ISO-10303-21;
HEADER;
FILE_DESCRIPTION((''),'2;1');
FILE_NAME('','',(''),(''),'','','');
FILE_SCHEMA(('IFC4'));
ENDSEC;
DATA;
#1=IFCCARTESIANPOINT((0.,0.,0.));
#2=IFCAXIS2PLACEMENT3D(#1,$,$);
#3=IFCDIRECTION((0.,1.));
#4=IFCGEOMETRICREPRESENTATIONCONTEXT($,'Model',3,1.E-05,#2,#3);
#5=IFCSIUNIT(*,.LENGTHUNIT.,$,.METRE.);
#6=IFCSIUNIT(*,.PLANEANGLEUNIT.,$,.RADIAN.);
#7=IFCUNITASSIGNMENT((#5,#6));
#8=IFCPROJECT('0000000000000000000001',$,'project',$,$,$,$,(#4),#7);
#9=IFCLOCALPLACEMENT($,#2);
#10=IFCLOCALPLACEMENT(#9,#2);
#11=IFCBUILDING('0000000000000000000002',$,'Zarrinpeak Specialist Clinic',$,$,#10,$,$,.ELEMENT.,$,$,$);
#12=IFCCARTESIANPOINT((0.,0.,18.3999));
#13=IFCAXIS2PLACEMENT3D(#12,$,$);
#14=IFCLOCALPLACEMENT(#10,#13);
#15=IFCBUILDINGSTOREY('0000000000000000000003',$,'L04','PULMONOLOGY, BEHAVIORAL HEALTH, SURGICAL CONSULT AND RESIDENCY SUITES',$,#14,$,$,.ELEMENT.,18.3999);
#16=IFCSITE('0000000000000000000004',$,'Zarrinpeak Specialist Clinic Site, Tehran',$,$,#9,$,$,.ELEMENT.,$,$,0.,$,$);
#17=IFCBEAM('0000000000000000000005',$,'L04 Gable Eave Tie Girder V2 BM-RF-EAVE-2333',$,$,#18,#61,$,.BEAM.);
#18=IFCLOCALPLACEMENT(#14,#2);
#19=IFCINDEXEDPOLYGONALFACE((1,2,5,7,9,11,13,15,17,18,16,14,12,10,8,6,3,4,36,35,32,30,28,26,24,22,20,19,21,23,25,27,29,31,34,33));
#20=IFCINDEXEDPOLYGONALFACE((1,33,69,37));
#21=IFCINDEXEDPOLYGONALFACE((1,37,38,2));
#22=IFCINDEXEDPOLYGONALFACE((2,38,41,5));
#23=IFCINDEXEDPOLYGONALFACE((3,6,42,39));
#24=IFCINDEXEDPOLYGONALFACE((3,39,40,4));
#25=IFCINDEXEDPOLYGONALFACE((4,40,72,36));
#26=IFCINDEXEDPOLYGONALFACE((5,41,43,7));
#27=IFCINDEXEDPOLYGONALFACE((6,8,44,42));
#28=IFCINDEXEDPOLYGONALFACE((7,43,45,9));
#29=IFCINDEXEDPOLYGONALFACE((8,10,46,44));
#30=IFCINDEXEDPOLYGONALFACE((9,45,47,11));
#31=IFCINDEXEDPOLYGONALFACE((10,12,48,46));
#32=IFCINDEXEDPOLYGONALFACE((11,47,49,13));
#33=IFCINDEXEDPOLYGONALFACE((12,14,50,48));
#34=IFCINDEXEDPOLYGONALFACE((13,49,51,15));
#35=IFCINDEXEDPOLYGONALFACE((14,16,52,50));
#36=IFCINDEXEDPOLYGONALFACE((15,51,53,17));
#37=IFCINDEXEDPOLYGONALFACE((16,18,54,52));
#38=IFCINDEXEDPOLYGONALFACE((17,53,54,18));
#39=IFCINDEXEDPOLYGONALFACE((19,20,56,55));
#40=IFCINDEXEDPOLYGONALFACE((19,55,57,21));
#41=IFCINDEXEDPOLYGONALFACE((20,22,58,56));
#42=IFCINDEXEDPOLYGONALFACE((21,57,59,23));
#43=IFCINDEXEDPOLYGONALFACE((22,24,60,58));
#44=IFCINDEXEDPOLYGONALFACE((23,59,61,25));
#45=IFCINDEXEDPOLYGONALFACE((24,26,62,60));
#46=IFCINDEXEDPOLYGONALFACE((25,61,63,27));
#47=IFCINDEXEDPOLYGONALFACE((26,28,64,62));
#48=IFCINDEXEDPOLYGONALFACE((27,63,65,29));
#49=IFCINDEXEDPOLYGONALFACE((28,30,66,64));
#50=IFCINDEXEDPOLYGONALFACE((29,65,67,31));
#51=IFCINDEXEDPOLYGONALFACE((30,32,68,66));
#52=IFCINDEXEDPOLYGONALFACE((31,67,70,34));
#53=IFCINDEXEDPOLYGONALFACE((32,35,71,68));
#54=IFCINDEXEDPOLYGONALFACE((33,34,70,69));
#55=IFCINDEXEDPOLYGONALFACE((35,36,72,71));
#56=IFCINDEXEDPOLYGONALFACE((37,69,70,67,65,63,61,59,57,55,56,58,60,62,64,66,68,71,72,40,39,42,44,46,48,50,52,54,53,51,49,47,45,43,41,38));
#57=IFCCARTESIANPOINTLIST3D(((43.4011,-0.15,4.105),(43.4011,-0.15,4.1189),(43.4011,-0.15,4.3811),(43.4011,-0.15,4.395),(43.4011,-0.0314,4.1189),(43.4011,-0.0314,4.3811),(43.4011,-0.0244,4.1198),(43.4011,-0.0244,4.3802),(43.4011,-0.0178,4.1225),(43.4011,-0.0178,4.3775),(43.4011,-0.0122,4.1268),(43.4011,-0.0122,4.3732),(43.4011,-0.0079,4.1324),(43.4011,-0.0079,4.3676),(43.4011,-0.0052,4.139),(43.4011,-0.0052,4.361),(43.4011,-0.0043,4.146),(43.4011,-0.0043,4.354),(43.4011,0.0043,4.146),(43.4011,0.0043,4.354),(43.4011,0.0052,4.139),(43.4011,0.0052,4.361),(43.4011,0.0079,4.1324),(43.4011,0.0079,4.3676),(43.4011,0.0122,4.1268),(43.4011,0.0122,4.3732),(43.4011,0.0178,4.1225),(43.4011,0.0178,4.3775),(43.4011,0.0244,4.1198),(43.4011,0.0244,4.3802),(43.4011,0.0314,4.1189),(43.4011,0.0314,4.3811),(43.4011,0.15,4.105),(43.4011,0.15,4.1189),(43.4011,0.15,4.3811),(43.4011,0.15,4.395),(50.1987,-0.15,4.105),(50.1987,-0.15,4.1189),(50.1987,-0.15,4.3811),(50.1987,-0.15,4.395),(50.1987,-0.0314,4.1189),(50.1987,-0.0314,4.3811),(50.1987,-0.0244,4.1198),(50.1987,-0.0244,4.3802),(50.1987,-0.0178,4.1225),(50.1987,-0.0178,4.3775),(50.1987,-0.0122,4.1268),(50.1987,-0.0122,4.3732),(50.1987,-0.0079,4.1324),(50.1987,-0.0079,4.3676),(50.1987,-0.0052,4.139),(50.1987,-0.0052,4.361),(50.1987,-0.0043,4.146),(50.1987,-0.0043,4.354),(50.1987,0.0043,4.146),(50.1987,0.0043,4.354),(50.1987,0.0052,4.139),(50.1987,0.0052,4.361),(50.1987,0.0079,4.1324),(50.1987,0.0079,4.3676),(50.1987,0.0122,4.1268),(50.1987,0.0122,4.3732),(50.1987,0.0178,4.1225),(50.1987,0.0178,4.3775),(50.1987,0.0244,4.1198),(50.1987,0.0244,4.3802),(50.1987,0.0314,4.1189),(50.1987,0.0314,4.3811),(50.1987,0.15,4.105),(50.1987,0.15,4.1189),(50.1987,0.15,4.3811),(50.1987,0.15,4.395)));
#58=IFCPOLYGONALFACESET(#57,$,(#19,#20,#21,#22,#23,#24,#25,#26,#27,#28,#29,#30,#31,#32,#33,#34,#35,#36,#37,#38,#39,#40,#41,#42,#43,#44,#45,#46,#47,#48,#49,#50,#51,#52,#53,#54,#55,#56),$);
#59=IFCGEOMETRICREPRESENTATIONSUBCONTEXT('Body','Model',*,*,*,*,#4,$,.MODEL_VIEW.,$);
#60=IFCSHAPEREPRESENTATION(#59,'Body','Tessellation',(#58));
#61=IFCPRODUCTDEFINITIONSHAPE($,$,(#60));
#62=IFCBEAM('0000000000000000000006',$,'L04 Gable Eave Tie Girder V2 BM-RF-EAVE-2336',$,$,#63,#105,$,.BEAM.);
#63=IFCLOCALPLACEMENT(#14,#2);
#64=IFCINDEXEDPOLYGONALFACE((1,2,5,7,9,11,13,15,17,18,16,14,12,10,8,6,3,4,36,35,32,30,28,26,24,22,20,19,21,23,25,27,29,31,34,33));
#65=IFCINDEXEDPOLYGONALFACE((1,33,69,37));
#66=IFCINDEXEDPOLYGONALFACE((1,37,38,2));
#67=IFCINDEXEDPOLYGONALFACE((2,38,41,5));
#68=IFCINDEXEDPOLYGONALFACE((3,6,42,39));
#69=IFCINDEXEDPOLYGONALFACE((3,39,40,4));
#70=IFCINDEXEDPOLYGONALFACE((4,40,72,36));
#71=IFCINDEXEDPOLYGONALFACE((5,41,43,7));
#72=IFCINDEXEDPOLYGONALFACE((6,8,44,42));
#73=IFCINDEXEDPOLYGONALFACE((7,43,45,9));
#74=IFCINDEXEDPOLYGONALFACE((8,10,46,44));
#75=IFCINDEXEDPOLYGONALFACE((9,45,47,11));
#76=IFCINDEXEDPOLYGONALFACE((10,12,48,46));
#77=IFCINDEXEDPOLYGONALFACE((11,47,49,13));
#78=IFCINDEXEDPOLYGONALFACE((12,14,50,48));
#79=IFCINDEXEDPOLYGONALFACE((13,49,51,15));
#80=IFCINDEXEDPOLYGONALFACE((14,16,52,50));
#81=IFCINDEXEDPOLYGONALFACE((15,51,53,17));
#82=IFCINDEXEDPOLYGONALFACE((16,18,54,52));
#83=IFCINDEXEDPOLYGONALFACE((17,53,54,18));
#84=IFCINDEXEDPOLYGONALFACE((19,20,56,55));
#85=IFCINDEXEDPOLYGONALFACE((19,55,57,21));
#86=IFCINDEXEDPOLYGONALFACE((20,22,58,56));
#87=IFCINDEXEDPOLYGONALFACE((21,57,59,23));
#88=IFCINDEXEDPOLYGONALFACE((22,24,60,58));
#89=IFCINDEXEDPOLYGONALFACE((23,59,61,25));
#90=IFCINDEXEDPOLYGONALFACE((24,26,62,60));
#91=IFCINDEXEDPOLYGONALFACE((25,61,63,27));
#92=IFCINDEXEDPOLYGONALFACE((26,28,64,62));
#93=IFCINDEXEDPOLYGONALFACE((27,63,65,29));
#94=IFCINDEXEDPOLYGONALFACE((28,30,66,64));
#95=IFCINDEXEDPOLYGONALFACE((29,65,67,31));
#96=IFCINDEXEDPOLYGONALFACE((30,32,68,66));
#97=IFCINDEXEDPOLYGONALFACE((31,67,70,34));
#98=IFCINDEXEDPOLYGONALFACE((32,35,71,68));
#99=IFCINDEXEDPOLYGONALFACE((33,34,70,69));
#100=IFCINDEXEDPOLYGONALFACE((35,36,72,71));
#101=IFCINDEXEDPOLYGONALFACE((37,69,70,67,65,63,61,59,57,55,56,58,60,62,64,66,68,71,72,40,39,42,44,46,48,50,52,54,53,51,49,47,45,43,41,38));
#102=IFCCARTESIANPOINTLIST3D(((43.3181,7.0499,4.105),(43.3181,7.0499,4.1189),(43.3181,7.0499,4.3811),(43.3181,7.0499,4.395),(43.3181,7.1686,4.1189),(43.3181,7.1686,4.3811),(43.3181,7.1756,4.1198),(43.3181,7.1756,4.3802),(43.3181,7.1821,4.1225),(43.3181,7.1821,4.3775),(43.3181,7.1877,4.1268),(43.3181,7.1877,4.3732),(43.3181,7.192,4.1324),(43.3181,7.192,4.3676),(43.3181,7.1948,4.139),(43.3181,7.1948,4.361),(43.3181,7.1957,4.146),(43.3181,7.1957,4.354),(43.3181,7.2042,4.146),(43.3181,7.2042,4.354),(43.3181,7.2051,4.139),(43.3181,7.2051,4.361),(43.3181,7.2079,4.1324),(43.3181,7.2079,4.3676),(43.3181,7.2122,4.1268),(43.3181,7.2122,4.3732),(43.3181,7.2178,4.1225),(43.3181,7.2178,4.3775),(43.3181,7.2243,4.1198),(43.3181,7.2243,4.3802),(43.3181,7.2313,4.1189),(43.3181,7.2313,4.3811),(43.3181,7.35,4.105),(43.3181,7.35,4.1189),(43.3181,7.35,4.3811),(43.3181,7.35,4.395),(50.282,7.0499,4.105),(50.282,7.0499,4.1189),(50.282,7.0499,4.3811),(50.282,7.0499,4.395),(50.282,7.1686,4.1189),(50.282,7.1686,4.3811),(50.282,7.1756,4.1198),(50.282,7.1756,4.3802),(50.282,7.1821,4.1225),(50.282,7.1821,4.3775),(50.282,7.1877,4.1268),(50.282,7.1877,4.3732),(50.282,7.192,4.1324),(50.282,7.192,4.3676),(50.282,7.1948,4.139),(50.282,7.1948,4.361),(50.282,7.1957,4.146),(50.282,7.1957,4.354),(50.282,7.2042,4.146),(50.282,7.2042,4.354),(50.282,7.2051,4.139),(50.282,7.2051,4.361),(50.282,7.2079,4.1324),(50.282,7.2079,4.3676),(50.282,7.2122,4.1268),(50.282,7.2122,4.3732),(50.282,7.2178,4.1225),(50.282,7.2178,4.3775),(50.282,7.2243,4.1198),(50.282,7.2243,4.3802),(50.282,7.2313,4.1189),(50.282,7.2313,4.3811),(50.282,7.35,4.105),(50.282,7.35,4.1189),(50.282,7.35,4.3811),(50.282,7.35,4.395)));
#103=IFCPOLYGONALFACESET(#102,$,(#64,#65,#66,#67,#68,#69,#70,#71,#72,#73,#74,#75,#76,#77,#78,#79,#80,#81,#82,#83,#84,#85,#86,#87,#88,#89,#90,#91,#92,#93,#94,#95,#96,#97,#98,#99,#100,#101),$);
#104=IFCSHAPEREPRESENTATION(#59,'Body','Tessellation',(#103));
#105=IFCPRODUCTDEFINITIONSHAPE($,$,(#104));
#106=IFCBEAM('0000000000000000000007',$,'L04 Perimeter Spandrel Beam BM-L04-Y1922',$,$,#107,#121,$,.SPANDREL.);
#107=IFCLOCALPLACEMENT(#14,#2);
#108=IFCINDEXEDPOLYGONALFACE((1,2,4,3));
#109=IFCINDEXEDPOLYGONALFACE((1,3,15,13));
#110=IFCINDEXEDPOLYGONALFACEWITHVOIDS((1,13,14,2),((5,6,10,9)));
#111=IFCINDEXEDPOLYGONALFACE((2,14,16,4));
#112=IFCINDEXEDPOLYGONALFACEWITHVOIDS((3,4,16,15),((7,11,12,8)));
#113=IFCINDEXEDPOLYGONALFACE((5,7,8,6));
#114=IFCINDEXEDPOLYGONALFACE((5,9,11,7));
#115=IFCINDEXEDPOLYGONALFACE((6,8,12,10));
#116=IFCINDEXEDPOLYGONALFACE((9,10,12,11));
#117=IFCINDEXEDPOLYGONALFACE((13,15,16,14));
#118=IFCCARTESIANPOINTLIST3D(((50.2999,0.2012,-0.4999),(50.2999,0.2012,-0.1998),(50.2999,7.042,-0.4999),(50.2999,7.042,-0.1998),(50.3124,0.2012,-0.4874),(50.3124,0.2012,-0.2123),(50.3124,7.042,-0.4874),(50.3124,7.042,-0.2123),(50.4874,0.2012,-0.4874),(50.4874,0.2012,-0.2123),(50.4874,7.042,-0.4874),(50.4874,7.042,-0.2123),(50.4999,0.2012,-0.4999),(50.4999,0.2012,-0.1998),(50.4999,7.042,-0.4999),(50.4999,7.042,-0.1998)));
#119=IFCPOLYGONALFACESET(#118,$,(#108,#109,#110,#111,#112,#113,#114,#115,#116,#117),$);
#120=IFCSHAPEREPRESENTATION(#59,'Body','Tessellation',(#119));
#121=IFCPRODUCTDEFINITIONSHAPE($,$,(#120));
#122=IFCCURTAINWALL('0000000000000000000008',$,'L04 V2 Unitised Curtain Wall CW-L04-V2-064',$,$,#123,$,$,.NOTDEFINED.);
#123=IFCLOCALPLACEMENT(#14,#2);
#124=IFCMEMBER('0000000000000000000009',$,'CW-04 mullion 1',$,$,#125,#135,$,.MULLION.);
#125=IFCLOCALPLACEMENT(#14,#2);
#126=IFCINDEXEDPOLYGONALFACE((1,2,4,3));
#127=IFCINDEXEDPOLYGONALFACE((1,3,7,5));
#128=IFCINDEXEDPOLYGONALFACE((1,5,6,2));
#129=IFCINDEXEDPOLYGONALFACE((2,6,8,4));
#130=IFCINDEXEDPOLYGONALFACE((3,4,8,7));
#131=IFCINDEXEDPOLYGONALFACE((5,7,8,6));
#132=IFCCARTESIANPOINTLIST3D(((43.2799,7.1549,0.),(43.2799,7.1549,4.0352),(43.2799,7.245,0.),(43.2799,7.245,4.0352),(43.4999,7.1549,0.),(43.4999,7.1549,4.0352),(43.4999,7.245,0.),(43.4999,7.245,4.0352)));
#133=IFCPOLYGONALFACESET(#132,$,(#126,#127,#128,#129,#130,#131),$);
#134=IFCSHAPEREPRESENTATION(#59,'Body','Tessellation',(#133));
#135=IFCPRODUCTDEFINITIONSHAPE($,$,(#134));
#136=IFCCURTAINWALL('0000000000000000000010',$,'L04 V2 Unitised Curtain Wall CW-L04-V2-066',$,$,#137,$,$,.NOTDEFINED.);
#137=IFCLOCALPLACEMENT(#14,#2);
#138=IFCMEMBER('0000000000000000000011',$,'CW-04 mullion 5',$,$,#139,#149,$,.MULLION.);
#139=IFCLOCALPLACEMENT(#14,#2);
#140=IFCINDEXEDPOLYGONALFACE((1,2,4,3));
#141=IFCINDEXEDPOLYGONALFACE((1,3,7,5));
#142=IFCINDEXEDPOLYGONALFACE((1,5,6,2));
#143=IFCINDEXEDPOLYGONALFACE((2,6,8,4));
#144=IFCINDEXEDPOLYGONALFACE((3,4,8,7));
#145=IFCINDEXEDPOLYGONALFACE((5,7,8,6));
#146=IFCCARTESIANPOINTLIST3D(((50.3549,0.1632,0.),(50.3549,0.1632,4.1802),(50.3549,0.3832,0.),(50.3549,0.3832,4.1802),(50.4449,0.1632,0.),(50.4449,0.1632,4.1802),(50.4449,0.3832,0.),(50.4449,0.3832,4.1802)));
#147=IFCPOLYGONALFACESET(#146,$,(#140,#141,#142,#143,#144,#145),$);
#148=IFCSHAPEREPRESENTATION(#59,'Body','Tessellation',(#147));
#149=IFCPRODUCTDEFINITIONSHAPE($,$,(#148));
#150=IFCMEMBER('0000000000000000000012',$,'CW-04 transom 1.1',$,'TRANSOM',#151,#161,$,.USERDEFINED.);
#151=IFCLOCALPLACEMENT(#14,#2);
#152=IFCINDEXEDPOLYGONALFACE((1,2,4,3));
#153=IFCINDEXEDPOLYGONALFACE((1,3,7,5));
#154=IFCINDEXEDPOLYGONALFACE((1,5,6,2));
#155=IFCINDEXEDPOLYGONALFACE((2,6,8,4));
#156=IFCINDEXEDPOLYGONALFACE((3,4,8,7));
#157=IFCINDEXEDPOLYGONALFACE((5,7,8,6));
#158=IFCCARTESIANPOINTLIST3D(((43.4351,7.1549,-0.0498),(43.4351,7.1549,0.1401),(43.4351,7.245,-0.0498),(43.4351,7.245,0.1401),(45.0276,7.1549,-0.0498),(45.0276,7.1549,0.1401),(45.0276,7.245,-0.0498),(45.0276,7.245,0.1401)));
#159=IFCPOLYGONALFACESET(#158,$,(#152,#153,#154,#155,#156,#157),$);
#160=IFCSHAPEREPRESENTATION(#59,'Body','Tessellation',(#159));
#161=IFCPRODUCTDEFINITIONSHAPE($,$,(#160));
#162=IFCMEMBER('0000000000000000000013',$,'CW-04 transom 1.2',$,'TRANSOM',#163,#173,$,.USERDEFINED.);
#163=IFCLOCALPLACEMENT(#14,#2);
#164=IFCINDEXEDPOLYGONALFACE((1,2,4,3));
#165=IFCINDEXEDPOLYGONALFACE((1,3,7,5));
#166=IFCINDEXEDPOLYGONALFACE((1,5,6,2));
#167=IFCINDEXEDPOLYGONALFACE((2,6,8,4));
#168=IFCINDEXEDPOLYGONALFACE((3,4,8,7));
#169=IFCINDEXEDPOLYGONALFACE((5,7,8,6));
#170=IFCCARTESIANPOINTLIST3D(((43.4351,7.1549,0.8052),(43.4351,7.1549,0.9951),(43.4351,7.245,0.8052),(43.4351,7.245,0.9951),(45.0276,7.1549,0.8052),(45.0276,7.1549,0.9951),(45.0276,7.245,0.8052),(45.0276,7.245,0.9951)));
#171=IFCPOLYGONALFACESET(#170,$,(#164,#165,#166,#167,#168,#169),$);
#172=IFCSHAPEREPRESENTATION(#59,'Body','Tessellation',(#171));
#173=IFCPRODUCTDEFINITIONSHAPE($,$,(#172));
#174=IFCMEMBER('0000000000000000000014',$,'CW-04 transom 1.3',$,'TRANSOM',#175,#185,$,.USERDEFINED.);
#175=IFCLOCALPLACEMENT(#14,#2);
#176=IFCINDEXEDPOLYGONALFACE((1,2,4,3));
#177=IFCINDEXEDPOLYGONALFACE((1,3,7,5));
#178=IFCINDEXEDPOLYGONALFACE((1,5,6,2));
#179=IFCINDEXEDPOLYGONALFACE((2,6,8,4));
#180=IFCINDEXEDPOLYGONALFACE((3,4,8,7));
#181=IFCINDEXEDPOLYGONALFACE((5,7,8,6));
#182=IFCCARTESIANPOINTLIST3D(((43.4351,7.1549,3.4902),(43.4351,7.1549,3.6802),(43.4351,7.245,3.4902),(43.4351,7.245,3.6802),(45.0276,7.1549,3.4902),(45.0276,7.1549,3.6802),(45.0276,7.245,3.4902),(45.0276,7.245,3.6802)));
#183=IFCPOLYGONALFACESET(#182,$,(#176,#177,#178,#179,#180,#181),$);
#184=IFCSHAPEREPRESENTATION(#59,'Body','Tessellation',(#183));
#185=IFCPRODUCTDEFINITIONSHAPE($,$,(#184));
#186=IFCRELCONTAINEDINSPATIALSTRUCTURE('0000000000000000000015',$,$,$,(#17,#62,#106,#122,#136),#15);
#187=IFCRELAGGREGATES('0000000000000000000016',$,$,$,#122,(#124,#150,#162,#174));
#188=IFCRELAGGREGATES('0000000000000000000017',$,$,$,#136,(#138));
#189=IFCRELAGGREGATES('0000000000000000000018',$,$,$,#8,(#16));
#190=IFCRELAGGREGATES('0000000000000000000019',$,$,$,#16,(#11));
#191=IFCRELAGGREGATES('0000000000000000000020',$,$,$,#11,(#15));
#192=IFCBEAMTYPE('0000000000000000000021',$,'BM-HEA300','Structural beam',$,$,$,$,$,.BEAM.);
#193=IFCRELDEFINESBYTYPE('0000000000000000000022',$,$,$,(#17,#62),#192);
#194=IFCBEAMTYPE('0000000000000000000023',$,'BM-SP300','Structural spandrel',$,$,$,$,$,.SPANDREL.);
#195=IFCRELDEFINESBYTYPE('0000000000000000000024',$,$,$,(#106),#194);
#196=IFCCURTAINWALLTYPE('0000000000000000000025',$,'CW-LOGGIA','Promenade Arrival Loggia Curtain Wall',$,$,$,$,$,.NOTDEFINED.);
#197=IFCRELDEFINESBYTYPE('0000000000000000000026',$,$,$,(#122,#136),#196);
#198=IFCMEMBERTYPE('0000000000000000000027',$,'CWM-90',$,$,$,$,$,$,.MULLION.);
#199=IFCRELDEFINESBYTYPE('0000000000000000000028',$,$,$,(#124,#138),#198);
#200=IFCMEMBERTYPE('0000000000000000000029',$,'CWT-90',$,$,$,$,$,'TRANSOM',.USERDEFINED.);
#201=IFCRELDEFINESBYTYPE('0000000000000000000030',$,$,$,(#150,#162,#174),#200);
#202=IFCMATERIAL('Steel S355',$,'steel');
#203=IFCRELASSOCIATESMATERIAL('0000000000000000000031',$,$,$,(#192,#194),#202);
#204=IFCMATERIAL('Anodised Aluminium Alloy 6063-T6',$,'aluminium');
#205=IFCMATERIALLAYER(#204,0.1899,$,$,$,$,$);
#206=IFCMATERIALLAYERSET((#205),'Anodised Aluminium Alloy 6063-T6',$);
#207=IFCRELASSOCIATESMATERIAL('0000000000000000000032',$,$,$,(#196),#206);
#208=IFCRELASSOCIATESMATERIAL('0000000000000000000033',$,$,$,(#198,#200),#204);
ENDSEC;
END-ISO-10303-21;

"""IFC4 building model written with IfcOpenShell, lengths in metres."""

from ifc_helpers import new_model, si_unit, direction, frame, origin, origin_2d, place, context, subcontext, project, spatial, rectangle, hollow_rectangle, i_section, extrude, material, layer, layer_set, material_profile, profile_set, type_object, element, aggregate, save


model = new_model("IFC4")

# Units and contexts
model_context = context("Model", 3, precision=1e-05, world=origin(), true_north=direction((0.0, 1.0)))
body_context = subcontext(model_context, "Body", "Model", "MODEL_VIEW")
ifc_project = project(units=[si_unit("LENGTHUNIT", "METRE"), si_unit("PLANEANGLEUNIT", "RADIAN")], contexts=[model_context])

# Site, building, storey
site_placement = place(None, origin())
site = spatial("IfcSite", under=ifc_project, at=site_placement, Name="Zarrinpeak Specialist Clinic Site, Tehran", CompositionType="ELEMENT", RefElevation=0.0)
building_placement = place(site_placement, origin())
building = spatial("IfcBuilding", under=site, at=building_placement, Name="Zarrinpeak Specialist Clinic", CompositionType="ELEMENT")
storey_placement = place(building_placement, frame((0.0, 0.0, 18.3999)))
storey = spatial("IfcBuildingStorey", under=building, at=storey_placement, Name="L04", Description="PULMONOLOGY, BEHAVIORAL HEALTH, SURGICAL CONSULT AND RESIDENCY SUITES", CompositionType="ELEMENT", Elevation=18.3999)

# Shared definitions
ifc_material_1 = material(Name="Steel S355", Category="steel")

# Beams
ifc_material_profile_1 = material_profile(ifc_material_1, i_section(OverallWidth=0.3, OverallDepth=0.29, WebThickness=0.0085, FlangeThickness=0.0139, FilletRadius=0.0271, at=origin_2d()), Name="HEA 300")
ifc_profile_set_1 = profile_set([ifc_material_profile_1], Name="Steel S355")
beam_type_1 = type_object("IfcBeamType", Name="BM-HEA300", Description="Structural beam", PredefinedType="BEAM", material=ifc_profile_set_1)
beam_1_placement = place(storey_placement, frame((43.4011, 0.0, 4.25), z_axis=(1.0, 0.0, 0.0), x_axis=(0.0, 1.0, 0.0)))
element("IfcBeam", 1, at=beam_1_placement, inside=storey, type_object=beam_type_1, Name="L04 Gable Eave Tie Girder V2 BM-RF-EAVE-2333", PredefinedType="BEAM", context=body_context, shape_type="SweptSolid", body=[
    extrude(i_section(OverallWidth=0.3, OverallDepth=0.29, WebThickness=0.0085, FlangeThickness=0.0139, FilletRadius=0.0271, at=origin_2d()), origin(), (0.0, 0.0, 1.0), 6.7976),
])
beam_2_placement = place(storey_placement, frame((43.3181, 7.2, 4.25), z_axis=(1.0, 0.0, 0.0), x_axis=(0.0, 1.0, 0.0)))
element("IfcBeam", 2, at=beam_2_placement, inside=storey, type_object=beam_type_1, Name="L04 Gable Eave Tie Girder V2 BM-RF-EAVE-2336", PredefinedType="BEAM", context=body_context, shape_type="SweptSolid", body=[
    extrude(i_section(OverallWidth=0.3, OverallDepth=0.29, WebThickness=0.0085, FlangeThickness=0.0139, FilletRadius=0.0271, at=origin_2d()), origin(), (0.0, 0.0, 1.0), 6.9639),
])
ifc_material_profile_2 = material_profile(ifc_material_1, hollow_rectangle(XDim=0.2, YDim=0.3, WallThickness=0.0125, at=origin_2d()), Name="RHS 300x200x12.5")
ifc_profile_set_2 = profile_set([ifc_material_profile_2], Name="Steel S355")
beam_type_2 = type_object("IfcBeamType", Name="BM-SP300", Description="Structural spandrel", PredefinedType="SPANDREL", material=ifc_profile_set_2)
beam_3_placement = place(storey_placement, frame((50.3999, 0.2012, -0.3499), z_axis=(0.0, 1.0, 0.0), x_axis=(-1.0, 0.0, 0.0)))
element("IfcBeam", 3, at=beam_3_placement, inside=storey, type_object=beam_type_2, Name="L04 Perimeter Spandrel Beam BM-L04-Y1922", PredefinedType="SPANDREL", context=body_context, shape_type="SweptSolid", body=[
    extrude(hollow_rectangle(XDim=0.2, YDim=0.3, WallThickness=0.0125, at=origin_2d()), origin(), (0.0, 0.0, 1.0), 6.8408),
])

# Curtain walls, members
ifc_material_2 = material(Name="Anodised Aluminium Alloy 6063-T6", Category="aluminium")
ifc_layer_1 = layer(ifc_material_2, 0.1899)
ifc_layer_set_1 = layer_set([ifc_layer_1], Name="Anodised Aluminium Alloy 6063-T6")
curtain_wall_type = type_object("IfcCurtainWallType", Name="CW-LOGGIA", Description="Promenade Arrival Loggia Curtain Wall", PredefinedType="NOTDEFINED", material=ifc_layer_set_1)
curtain_wall_1_placement = place(storey_placement, origin())
curtain_wall_1 = element("IfcCurtainWall", 4, at=curtain_wall_1_placement, inside=storey, type_object=curtain_wall_type, Name="L04 V2 Unitised Curtain Wall CW-L04-V2-064", PredefinedType="NOTDEFINED")
ifc_material_profile_3 = material_profile(ifc_material_2, rectangle(XDim=0.0901, YDim=0.22, at=origin_2d()), Name="ALU 90x220")
ifc_profile_set_3 = profile_set([ifc_material_profile_3], Name="Anodised Aluminium Alloy 6063-T6")
member_type_1 = type_object("IfcMemberType", Name="CWM-90", PredefinedType="MULLION", material=ifc_profile_set_3)
member_1_placement = place(storey_placement, frame((43.3899, 7.2, 0.0), z_axis=(0.0, 0.0, 1.0), x_axis=(0.0, 1.0, 0.0)))
member_1 = element("IfcMember", 5, at=member_1_placement, type_object=member_type_1, Name="CW-04 mullion 1", PredefinedType="MULLION", context=body_context, shape_type="SweptSolid", body=[
    extrude(rectangle(XDim=0.0901, YDim=0.22, at=origin_2d()), origin(), (0.0, 0.0, 1.0), 4.0352),
])
curtain_wall_2_placement = place(storey_placement, origin())
curtain_wall_2 = element("IfcCurtainWall", 6, at=curtain_wall_2_placement, inside=storey, type_object=curtain_wall_type, Name="L04 V2 Unitised Curtain Wall CW-L04-V2-066", PredefinedType="NOTDEFINED")
member_2_placement = place(storey_placement, frame((50.3999, 0.2732, 0.0), z_axis=(0.0, 0.0, 1.0), x_axis=(1.0, 0.0, 0.0)))
member_2 = element("IfcMember", 7, at=member_2_placement, type_object=member_type_1, Name="CW-04 mullion 5", PredefinedType="MULLION", context=body_context, shape_type="SweptSolid", body=[
    extrude(rectangle(XDim=0.0901, YDim=0.22, at=origin_2d()), origin(), (0.0, 0.0, 1.0), 4.1802),
])

# Members
ifc_material_profile_4 = material_profile(ifc_material_2, rectangle(XDim=0.0901, YDim=0.1899, at=origin_2d()), Name="ALU 90x190")
ifc_profile_set_4 = profile_set([ifc_material_profile_4], Name="Anodised Aluminium Alloy 6063-T6")
member_type_2 = type_object("IfcMemberType", Name="CWT-90", ElementType="TRANSOM", PredefinedType="USERDEFINED", material=ifc_profile_set_4)
member_3_placement = place(storey_placement, frame((43.4351, 7.2, 0.0452), z_axis=(1.0, 0.0, 0.0), x_axis=(0.0, 1.0, 0.0)))
member_3 = element("IfcMember", 8, at=member_3_placement, type_object=member_type_2, Name="CW-04 transom 1.1", ObjectType="TRANSOM", PredefinedType="USERDEFINED", context=body_context, shape_type="SweptSolid", body=[
    extrude(rectangle(XDim=0.0901, YDim=0.1899, at=origin_2d()), origin(), (0.0, 0.0, 1.0), 1.5925),
])
member_4_placement = place(storey_placement, frame((43.4351, 7.2, 0.9001), z_axis=(1.0, 0.0, 0.0), x_axis=(0.0, 1.0, 0.0)))
member_4 = element("IfcMember", 9, at=member_4_placement, type_object=member_type_2, Name="CW-04 transom 1.2", ObjectType="TRANSOM", PredefinedType="USERDEFINED", context=body_context, shape_type="SweptSolid", body=[
    extrude(rectangle(XDim=0.0901, YDim=0.1899, at=origin_2d()), origin(), (0.0, 0.0, 1.0), 1.5925),
])
member_5_placement = place(storey_placement, frame((43.4351, 7.2, 3.5852), z_axis=(1.0, 0.0, 0.0), x_axis=(0.0, 1.0, 0.0)))
member_5 = element("IfcMember", 10, at=member_5_placement, type_object=member_type_2, Name="CW-04 transom 1.3", ObjectType="TRANSOM", PredefinedType="USERDEFINED", context=body_context, shape_type="SweptSolid", body=[
    extrude(rectangle(XDim=0.0901, YDim=0.1899, at=origin_2d()), origin(), (0.0, 0.0, 1.0), 1.5925),
])

aggregate(curtain_wall_1, [member_1, member_3, member_4, member_5])
aggregate(curtain_wall_2, [member_2])

save(model, "model.ifc")
